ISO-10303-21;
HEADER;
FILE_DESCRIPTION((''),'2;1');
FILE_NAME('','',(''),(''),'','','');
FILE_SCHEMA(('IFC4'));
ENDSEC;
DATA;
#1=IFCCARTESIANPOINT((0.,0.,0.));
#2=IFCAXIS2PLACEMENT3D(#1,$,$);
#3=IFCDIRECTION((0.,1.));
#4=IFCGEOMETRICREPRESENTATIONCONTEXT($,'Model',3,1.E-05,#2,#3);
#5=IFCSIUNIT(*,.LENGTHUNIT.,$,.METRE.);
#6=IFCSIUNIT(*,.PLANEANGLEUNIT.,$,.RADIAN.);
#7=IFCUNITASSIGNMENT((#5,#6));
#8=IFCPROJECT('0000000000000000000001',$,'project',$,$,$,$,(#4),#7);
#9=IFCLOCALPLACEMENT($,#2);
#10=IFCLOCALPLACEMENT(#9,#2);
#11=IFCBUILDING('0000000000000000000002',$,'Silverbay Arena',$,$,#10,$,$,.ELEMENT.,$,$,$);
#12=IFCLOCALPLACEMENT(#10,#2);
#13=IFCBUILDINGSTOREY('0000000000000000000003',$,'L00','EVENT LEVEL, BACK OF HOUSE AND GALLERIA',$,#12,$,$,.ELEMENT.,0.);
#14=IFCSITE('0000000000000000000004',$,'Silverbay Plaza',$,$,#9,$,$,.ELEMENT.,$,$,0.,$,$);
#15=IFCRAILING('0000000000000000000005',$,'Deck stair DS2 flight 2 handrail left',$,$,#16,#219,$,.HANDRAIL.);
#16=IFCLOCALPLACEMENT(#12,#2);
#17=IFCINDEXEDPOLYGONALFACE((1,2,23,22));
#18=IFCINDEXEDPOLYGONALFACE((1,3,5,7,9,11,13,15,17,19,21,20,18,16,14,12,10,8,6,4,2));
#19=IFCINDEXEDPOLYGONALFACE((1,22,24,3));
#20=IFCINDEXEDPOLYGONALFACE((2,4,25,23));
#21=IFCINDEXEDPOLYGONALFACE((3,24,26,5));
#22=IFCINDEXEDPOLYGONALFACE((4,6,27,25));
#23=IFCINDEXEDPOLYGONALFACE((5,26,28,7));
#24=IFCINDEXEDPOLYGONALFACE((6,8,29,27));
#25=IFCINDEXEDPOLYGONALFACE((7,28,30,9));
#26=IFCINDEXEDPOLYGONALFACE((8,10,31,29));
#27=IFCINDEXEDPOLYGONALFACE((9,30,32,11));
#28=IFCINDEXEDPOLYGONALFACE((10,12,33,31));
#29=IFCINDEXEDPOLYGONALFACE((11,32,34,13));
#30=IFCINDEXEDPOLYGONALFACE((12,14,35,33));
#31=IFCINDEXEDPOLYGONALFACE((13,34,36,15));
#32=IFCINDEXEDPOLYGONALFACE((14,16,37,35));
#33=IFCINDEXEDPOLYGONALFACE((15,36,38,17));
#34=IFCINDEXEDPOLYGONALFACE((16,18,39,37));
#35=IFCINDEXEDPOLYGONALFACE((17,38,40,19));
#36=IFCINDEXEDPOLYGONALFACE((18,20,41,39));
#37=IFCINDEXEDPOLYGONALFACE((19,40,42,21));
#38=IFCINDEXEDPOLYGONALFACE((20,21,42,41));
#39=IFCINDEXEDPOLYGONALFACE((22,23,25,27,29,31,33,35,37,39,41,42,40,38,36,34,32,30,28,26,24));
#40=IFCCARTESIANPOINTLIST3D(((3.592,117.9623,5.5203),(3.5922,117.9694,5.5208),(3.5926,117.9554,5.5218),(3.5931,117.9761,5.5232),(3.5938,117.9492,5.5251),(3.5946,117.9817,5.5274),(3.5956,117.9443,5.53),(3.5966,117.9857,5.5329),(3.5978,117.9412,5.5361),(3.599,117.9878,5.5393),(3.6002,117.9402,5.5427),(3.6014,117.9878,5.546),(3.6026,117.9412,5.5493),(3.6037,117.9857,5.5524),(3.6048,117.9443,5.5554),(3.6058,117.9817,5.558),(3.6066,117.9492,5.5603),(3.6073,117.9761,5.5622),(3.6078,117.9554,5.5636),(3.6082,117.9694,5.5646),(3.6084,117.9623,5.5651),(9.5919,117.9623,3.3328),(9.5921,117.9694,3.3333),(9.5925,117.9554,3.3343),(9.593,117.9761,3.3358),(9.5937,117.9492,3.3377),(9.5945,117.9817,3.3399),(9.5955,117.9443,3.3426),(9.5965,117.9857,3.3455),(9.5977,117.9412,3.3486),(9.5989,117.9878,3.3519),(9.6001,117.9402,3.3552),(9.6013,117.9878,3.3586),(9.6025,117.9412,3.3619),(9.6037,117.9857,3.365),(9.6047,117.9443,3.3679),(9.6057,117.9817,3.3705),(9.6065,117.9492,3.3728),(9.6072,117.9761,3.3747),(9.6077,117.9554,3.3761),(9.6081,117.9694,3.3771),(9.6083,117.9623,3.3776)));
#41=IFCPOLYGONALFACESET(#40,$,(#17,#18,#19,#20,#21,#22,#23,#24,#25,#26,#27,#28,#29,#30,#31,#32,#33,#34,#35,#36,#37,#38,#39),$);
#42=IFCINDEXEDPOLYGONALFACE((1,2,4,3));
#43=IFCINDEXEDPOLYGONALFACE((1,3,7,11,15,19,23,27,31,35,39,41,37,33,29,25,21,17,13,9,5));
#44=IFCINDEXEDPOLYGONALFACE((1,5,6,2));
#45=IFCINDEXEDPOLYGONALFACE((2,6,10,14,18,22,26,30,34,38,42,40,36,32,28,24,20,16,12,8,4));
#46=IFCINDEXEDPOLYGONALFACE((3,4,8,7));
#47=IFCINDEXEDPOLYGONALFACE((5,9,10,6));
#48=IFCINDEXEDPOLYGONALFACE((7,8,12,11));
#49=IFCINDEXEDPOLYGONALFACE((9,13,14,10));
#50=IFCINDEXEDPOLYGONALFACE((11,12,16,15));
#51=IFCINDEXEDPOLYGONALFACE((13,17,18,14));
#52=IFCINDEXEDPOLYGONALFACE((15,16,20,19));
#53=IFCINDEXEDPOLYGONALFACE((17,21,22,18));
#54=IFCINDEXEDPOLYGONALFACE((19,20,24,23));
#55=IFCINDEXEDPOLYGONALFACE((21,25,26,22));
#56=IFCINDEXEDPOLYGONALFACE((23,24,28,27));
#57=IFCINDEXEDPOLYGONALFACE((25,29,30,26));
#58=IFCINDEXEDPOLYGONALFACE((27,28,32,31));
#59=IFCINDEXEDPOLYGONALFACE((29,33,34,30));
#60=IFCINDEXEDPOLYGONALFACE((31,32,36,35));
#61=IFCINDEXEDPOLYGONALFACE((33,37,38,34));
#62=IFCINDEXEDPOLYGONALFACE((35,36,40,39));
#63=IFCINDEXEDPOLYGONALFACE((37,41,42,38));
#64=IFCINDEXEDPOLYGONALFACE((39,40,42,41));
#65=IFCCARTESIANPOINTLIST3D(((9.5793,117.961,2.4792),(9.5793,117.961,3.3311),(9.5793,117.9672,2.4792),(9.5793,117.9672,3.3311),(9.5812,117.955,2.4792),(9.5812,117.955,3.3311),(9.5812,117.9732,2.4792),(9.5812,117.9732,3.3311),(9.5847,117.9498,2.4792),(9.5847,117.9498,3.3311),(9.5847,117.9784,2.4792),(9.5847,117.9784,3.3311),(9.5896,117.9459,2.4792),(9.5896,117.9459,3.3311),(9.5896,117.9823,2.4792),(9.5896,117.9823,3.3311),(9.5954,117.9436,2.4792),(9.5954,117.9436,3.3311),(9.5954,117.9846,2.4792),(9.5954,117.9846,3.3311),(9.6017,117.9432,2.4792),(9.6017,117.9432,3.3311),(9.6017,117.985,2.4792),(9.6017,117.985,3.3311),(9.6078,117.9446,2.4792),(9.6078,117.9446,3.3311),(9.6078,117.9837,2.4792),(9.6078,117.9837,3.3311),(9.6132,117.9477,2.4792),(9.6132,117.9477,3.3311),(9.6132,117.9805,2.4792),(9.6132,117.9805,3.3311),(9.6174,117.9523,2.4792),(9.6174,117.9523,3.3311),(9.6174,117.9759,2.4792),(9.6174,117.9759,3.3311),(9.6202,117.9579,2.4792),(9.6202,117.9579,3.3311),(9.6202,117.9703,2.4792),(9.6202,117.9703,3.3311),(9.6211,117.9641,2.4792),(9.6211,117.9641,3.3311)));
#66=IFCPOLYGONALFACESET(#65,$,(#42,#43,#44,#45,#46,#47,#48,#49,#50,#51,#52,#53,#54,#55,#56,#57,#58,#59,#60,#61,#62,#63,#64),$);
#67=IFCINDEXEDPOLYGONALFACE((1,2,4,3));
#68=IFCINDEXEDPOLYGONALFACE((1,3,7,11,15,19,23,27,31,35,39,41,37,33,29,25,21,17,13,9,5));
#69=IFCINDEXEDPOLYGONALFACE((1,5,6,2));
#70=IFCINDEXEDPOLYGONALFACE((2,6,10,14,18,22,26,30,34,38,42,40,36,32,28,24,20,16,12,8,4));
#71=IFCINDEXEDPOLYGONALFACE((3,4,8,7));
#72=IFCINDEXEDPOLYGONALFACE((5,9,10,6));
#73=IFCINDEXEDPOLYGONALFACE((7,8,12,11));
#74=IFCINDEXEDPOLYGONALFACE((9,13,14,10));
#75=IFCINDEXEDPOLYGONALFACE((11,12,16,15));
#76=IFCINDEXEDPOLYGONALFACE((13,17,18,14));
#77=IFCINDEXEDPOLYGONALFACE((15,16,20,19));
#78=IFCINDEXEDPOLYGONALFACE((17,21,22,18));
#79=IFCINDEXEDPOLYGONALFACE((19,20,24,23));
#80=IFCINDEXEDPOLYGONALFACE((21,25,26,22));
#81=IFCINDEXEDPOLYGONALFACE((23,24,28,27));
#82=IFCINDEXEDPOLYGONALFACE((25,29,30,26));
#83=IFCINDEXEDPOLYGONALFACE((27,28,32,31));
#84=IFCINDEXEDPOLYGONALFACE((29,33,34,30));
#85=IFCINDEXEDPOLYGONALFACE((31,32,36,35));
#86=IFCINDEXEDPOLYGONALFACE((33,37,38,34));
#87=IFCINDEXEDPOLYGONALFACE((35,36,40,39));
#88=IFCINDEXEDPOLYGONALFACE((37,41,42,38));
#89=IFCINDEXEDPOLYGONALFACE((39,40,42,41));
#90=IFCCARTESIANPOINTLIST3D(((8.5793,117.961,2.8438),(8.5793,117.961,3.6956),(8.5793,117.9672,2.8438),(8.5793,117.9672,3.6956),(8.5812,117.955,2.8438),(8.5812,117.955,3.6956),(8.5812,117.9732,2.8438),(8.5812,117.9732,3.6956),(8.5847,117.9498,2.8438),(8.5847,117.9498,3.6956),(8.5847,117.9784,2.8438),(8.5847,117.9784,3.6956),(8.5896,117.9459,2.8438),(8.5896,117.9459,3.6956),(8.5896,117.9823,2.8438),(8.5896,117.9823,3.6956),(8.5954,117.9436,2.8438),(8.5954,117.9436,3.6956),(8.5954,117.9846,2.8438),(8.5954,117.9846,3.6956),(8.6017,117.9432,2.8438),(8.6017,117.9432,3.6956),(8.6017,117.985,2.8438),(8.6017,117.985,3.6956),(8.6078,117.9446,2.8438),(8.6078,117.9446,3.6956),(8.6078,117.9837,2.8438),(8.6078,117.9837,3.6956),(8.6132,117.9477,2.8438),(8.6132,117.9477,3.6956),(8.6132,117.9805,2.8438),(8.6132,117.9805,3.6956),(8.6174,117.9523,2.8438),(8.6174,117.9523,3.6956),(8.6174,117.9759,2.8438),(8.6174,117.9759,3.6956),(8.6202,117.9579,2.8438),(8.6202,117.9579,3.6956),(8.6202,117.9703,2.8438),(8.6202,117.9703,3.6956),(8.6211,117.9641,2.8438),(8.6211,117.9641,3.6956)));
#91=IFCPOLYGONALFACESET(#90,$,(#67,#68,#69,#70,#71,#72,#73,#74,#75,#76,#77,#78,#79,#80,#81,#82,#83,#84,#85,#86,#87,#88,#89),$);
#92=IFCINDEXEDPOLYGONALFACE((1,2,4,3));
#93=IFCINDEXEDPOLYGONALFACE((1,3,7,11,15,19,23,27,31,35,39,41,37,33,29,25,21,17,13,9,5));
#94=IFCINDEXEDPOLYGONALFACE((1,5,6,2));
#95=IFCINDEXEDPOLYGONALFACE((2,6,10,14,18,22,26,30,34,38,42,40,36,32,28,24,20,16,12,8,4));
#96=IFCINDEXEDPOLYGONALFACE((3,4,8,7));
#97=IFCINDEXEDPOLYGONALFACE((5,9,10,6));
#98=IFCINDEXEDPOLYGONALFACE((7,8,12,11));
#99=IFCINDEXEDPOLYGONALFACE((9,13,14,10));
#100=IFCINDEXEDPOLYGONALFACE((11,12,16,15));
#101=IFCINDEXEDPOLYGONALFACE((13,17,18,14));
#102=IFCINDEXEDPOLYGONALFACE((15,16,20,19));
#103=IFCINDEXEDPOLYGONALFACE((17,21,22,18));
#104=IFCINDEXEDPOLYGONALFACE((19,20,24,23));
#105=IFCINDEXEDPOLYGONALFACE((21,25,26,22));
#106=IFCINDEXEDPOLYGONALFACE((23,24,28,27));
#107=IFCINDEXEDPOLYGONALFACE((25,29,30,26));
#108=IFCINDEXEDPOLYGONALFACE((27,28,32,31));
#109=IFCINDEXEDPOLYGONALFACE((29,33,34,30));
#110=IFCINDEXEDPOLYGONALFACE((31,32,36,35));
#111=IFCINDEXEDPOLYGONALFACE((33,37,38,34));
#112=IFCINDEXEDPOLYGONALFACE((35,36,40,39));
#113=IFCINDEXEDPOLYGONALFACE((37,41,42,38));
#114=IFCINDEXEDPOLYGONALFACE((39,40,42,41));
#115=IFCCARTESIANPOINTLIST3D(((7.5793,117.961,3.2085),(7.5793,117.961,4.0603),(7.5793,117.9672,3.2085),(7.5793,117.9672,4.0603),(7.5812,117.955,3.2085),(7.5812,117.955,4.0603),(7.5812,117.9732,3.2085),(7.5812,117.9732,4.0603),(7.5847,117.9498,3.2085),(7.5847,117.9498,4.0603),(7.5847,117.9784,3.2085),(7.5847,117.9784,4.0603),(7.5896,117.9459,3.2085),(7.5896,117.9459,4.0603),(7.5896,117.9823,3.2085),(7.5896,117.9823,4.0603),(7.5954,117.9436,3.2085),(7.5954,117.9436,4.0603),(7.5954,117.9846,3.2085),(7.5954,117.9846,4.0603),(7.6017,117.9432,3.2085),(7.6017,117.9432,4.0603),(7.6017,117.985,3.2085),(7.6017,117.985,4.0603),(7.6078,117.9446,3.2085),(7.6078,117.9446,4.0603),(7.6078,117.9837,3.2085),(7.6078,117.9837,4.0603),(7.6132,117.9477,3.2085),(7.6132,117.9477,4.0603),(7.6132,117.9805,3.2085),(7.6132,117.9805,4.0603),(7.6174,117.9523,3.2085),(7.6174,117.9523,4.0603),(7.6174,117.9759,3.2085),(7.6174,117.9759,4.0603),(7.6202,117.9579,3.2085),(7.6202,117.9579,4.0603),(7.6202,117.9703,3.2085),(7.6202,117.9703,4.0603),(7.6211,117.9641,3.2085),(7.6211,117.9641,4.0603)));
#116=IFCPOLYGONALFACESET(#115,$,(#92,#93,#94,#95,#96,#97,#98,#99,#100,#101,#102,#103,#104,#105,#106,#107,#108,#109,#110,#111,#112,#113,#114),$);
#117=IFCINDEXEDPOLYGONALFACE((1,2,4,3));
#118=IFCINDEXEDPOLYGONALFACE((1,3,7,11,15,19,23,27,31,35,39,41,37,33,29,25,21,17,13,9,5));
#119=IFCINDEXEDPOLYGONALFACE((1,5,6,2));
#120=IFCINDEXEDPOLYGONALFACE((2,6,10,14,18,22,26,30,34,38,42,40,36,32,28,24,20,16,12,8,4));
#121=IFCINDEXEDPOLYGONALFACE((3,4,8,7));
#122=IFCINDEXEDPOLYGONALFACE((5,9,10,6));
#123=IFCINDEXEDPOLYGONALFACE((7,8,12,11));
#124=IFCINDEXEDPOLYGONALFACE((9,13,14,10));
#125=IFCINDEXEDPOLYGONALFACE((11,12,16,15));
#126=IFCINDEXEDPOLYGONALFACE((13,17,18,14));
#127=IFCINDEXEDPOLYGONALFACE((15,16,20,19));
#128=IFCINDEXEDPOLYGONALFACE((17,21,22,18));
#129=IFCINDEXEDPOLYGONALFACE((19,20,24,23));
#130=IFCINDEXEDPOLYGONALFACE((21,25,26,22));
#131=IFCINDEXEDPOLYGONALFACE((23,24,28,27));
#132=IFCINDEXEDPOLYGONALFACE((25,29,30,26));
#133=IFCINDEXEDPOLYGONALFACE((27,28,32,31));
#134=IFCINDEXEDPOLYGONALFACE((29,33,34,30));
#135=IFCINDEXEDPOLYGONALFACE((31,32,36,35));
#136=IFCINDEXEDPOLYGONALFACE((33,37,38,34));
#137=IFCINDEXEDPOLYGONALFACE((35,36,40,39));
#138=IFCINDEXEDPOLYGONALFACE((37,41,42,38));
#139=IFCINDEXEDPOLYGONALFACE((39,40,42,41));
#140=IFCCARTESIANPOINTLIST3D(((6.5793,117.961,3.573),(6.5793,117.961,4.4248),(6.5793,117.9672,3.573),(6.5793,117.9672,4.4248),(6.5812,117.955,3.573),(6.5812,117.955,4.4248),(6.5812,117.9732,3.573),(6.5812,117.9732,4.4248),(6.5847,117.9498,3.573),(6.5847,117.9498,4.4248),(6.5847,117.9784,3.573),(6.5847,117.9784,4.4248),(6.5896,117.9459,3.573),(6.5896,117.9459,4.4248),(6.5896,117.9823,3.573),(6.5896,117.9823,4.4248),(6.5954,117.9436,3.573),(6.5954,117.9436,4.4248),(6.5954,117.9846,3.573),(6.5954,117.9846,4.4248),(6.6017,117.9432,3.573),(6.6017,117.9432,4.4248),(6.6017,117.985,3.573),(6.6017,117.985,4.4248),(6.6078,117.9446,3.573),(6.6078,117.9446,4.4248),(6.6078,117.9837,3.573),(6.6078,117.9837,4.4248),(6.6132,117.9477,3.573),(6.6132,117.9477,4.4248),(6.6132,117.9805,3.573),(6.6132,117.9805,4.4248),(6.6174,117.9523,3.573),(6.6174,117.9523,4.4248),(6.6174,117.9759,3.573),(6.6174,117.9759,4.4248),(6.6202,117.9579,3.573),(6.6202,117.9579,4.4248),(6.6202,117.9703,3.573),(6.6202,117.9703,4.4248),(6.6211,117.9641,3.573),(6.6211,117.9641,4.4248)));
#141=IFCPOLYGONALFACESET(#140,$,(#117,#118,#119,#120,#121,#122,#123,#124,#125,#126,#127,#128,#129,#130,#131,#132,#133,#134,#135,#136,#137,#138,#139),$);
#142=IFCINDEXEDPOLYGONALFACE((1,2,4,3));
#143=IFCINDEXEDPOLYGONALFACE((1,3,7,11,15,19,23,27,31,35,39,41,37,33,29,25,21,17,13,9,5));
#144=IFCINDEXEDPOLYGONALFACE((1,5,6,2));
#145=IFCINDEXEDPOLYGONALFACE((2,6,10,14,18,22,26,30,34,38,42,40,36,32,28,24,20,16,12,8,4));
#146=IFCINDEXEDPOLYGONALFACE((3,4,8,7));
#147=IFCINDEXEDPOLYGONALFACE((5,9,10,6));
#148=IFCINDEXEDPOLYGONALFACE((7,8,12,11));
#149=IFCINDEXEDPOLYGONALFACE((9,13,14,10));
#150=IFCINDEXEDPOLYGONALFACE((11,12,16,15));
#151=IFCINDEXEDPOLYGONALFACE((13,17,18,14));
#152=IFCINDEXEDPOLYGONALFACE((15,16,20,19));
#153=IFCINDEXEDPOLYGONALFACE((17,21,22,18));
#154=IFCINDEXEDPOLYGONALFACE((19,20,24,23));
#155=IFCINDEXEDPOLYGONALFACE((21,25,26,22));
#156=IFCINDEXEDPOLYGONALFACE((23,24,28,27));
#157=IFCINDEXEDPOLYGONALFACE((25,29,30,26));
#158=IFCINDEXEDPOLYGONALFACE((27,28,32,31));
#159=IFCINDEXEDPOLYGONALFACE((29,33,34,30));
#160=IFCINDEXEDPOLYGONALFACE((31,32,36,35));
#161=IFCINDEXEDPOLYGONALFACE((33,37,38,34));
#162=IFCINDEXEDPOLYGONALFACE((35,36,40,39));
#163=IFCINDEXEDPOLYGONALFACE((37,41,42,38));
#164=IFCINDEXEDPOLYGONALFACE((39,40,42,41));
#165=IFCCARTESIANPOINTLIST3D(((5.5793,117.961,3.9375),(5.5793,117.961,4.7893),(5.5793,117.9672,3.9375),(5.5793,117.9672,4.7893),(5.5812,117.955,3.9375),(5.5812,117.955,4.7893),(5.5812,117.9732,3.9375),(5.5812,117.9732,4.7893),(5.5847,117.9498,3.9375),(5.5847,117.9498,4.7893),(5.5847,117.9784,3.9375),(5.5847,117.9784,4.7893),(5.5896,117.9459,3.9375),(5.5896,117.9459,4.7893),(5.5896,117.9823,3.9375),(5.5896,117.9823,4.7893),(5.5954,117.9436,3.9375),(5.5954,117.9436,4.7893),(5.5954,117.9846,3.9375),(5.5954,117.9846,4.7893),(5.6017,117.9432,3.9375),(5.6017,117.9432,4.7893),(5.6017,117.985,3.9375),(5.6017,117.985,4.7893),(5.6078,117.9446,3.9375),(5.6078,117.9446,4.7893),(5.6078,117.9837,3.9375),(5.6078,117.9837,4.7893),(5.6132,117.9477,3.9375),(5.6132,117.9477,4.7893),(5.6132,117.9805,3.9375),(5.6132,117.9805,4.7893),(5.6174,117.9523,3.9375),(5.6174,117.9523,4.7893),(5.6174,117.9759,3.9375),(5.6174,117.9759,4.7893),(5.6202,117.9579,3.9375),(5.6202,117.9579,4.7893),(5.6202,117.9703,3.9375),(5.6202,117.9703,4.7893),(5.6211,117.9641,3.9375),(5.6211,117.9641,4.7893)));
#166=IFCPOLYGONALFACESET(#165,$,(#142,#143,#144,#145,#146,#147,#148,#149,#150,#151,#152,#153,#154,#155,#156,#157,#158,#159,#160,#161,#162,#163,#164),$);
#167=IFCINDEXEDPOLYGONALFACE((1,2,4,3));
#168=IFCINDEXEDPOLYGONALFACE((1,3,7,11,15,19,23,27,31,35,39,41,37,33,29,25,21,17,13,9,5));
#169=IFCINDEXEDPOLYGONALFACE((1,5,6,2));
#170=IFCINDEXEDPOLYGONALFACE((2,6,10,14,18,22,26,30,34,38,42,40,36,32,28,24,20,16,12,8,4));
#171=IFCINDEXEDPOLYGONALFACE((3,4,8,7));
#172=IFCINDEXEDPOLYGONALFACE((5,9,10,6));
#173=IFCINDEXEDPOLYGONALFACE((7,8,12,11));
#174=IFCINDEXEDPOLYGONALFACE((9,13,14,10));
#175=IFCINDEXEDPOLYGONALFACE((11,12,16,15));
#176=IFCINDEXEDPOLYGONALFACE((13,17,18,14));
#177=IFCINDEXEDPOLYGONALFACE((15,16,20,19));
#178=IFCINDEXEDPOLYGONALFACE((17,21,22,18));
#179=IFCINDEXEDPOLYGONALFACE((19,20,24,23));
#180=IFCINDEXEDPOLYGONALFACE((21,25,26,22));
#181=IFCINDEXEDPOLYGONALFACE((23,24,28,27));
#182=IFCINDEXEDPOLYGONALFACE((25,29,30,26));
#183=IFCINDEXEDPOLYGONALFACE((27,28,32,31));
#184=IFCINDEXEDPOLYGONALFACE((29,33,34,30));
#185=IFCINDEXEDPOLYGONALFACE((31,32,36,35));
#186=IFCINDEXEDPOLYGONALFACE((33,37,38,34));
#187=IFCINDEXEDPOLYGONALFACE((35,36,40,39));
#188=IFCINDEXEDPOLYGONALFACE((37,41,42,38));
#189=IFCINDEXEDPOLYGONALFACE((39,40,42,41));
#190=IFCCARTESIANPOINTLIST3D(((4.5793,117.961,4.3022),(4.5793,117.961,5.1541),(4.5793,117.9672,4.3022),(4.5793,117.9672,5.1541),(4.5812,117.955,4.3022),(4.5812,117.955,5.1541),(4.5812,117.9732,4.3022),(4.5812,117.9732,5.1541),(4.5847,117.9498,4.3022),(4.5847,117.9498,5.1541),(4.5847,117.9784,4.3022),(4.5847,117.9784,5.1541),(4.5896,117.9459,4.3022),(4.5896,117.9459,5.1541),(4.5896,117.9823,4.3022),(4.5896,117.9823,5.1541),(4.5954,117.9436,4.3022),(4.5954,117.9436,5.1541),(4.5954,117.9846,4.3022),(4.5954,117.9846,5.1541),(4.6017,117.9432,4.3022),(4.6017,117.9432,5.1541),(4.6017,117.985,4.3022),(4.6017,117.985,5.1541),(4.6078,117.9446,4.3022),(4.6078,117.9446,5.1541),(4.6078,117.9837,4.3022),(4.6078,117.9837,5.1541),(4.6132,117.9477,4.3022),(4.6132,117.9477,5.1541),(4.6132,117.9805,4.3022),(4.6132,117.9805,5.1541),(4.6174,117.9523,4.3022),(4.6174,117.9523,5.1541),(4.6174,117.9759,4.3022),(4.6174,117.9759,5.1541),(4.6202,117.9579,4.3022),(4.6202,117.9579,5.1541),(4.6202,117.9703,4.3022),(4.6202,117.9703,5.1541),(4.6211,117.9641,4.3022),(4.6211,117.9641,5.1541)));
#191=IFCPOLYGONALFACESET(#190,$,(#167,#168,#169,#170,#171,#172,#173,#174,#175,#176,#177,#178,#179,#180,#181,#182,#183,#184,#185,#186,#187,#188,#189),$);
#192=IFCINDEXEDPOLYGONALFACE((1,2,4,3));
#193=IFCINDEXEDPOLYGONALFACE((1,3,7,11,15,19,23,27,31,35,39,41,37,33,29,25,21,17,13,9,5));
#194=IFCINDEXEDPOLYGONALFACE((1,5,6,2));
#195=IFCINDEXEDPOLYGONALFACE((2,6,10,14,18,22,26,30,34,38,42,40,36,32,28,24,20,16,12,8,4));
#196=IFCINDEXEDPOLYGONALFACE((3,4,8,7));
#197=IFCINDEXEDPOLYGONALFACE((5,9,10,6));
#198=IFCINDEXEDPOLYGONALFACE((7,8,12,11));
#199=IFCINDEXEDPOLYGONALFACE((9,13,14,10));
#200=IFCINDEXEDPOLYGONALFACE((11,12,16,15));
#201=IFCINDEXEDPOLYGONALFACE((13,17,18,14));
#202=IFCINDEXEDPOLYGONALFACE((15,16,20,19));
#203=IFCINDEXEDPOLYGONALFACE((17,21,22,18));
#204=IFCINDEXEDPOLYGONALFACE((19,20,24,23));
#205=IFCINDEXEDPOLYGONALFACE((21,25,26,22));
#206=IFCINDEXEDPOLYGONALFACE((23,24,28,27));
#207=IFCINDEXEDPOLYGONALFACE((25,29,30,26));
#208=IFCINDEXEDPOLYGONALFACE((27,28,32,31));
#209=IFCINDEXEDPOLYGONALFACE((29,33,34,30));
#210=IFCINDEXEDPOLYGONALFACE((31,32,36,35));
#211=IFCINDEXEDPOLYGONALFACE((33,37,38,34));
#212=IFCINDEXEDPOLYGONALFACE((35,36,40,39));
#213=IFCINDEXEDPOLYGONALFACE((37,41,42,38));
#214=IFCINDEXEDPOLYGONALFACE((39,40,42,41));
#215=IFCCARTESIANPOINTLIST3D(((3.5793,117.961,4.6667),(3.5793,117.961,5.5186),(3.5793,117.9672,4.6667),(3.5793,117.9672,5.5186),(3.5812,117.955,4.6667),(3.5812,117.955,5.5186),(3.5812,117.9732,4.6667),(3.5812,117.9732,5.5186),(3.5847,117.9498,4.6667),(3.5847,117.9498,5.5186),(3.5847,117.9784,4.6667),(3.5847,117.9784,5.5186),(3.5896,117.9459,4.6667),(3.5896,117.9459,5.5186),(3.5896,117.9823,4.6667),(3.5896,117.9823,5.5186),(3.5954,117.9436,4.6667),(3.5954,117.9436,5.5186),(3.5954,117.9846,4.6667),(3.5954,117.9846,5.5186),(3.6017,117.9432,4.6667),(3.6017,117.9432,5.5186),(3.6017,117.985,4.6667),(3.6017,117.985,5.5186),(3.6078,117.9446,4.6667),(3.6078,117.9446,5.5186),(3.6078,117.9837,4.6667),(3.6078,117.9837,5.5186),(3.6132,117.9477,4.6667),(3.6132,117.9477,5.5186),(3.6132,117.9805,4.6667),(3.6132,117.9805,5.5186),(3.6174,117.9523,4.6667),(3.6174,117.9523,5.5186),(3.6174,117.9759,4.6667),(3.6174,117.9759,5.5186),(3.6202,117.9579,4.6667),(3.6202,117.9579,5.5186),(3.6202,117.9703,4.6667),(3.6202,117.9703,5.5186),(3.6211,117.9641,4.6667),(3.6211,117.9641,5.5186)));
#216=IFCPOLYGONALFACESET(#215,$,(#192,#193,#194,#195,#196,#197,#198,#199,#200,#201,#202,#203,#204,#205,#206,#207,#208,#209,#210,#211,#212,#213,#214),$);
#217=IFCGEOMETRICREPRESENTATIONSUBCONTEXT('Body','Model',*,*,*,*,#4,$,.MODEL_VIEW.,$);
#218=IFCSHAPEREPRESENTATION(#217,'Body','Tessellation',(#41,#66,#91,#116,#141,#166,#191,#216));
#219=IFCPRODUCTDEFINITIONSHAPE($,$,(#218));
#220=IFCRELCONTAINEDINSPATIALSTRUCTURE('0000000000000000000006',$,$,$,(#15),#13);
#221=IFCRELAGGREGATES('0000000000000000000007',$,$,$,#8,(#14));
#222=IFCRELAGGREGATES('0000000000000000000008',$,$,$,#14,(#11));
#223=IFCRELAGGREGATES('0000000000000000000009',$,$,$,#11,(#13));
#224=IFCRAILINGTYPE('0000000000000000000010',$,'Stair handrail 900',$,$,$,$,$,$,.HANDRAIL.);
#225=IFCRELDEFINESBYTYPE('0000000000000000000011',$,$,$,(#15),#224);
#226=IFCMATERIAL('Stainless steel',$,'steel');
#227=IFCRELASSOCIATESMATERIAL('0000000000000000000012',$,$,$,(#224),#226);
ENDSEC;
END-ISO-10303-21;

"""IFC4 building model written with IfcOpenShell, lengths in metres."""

from ifc_helpers import new_model, si_unit, direction, frame, origin, origin_2d, place, context, subcontext, project, spatial, circle, extrude, material, type_object, element, save


model = new_model("IFC4")

# Units and contexts
model_context = context("Model", 3, precision=1e-05, world=origin(), true_north=direction((0.0, 1.0)))
body_context = subcontext(model_context, "Body", "Model", "MODEL_VIEW")
ifc_project = project(units=[si_unit("LENGTHUNIT", "METRE"), si_unit("PLANEANGLEUNIT", "RADIAN")], contexts=[model_context])

# Site, building, storey
site_placement = place(None, origin())
site = spatial("IfcSite", under=ifc_project, at=site_placement, Name="Silverbay Plaza", CompositionType="ELEMENT", RefElevation=0.0)
building_placement = place(site_placement, origin())
building = spatial("IfcBuilding", under=site, at=building_placement, Name="Silverbay Arena", CompositionType="ELEMENT")
storey_placement = place(building_placement, origin())
storey = spatial("IfcBuildingStorey", under=building, at=storey_placement, Name="L00", Description="EVENT LEVEL, BACK OF HOUSE AND GALLERIA", CompositionType="ELEMENT", Elevation=0.0)

# Railing
ifc_material_1 = material(Name="Stainless steel", Category="steel")
railing_type_1 = type_object("IfcRailingType", Name="Stair handrail 900", PredefinedType="HANDRAIL", material=ifc_material_1)
for number, where, name in (
    (1, (9.6001, 117.9641, 2.4792), "Deck stair DS2 flight 2 handrail left"),
):
    element("IfcRailing", number, at=place(storey_placement, frame(where)), inside=storey, type_object=railing_type_1, Name=name, PredefinedType="HANDRAIL", context=body_context, shape_type="SweptSolid", body=[
        extrude(circle(Radius=0.0239, at=origin_2d()), frame((0.0, 0.0, 0.876), z_axis=(-0.939507, 0.0, 0.342529), x_axis=(0.0, -1.0, 0.0)), (0.0, 0.0, 1.0), 6.3862),
        extrude(circle(Radius=0.021, at=origin_2d()), origin(), (0.0, 0.0, 1.0), 0.8518),
        extrude(circle(Radius=0.021, at=origin_2d()), frame((-1.0, 0.0, 0.3645)), (0.0, 0.0, 1.0), 0.8518),
        extrude(circle(Radius=0.021, at=origin_2d()), frame((-2.0, 0.0, 0.7292)), (0.0, 0.0, 1.0), 0.8518),
        extrude(circle(Radius=0.021, at=origin_2d()), frame((-3.0, 0.0, 1.0938)), (0.0, 0.0, 1.0), 0.8518),
        extrude(circle(Radius=0.021, at=origin_2d()), frame((-4.0, 0.0, 1.4583)), (0.0, 0.0, 1.0), 0.8518),
        extrude(circle(Radius=0.021, at=origin_2d()), frame((-5.0, 0.0, 1.823)), (0.0, 0.0, 1.0), 0.8518),
        extrude(circle(Radius=0.021, at=origin_2d()), frame((-6.0, 0.0, 2.1875)), (0.0, 0.0, 1.0), 0.8518),
    ])

save(model, "model.ifc")
